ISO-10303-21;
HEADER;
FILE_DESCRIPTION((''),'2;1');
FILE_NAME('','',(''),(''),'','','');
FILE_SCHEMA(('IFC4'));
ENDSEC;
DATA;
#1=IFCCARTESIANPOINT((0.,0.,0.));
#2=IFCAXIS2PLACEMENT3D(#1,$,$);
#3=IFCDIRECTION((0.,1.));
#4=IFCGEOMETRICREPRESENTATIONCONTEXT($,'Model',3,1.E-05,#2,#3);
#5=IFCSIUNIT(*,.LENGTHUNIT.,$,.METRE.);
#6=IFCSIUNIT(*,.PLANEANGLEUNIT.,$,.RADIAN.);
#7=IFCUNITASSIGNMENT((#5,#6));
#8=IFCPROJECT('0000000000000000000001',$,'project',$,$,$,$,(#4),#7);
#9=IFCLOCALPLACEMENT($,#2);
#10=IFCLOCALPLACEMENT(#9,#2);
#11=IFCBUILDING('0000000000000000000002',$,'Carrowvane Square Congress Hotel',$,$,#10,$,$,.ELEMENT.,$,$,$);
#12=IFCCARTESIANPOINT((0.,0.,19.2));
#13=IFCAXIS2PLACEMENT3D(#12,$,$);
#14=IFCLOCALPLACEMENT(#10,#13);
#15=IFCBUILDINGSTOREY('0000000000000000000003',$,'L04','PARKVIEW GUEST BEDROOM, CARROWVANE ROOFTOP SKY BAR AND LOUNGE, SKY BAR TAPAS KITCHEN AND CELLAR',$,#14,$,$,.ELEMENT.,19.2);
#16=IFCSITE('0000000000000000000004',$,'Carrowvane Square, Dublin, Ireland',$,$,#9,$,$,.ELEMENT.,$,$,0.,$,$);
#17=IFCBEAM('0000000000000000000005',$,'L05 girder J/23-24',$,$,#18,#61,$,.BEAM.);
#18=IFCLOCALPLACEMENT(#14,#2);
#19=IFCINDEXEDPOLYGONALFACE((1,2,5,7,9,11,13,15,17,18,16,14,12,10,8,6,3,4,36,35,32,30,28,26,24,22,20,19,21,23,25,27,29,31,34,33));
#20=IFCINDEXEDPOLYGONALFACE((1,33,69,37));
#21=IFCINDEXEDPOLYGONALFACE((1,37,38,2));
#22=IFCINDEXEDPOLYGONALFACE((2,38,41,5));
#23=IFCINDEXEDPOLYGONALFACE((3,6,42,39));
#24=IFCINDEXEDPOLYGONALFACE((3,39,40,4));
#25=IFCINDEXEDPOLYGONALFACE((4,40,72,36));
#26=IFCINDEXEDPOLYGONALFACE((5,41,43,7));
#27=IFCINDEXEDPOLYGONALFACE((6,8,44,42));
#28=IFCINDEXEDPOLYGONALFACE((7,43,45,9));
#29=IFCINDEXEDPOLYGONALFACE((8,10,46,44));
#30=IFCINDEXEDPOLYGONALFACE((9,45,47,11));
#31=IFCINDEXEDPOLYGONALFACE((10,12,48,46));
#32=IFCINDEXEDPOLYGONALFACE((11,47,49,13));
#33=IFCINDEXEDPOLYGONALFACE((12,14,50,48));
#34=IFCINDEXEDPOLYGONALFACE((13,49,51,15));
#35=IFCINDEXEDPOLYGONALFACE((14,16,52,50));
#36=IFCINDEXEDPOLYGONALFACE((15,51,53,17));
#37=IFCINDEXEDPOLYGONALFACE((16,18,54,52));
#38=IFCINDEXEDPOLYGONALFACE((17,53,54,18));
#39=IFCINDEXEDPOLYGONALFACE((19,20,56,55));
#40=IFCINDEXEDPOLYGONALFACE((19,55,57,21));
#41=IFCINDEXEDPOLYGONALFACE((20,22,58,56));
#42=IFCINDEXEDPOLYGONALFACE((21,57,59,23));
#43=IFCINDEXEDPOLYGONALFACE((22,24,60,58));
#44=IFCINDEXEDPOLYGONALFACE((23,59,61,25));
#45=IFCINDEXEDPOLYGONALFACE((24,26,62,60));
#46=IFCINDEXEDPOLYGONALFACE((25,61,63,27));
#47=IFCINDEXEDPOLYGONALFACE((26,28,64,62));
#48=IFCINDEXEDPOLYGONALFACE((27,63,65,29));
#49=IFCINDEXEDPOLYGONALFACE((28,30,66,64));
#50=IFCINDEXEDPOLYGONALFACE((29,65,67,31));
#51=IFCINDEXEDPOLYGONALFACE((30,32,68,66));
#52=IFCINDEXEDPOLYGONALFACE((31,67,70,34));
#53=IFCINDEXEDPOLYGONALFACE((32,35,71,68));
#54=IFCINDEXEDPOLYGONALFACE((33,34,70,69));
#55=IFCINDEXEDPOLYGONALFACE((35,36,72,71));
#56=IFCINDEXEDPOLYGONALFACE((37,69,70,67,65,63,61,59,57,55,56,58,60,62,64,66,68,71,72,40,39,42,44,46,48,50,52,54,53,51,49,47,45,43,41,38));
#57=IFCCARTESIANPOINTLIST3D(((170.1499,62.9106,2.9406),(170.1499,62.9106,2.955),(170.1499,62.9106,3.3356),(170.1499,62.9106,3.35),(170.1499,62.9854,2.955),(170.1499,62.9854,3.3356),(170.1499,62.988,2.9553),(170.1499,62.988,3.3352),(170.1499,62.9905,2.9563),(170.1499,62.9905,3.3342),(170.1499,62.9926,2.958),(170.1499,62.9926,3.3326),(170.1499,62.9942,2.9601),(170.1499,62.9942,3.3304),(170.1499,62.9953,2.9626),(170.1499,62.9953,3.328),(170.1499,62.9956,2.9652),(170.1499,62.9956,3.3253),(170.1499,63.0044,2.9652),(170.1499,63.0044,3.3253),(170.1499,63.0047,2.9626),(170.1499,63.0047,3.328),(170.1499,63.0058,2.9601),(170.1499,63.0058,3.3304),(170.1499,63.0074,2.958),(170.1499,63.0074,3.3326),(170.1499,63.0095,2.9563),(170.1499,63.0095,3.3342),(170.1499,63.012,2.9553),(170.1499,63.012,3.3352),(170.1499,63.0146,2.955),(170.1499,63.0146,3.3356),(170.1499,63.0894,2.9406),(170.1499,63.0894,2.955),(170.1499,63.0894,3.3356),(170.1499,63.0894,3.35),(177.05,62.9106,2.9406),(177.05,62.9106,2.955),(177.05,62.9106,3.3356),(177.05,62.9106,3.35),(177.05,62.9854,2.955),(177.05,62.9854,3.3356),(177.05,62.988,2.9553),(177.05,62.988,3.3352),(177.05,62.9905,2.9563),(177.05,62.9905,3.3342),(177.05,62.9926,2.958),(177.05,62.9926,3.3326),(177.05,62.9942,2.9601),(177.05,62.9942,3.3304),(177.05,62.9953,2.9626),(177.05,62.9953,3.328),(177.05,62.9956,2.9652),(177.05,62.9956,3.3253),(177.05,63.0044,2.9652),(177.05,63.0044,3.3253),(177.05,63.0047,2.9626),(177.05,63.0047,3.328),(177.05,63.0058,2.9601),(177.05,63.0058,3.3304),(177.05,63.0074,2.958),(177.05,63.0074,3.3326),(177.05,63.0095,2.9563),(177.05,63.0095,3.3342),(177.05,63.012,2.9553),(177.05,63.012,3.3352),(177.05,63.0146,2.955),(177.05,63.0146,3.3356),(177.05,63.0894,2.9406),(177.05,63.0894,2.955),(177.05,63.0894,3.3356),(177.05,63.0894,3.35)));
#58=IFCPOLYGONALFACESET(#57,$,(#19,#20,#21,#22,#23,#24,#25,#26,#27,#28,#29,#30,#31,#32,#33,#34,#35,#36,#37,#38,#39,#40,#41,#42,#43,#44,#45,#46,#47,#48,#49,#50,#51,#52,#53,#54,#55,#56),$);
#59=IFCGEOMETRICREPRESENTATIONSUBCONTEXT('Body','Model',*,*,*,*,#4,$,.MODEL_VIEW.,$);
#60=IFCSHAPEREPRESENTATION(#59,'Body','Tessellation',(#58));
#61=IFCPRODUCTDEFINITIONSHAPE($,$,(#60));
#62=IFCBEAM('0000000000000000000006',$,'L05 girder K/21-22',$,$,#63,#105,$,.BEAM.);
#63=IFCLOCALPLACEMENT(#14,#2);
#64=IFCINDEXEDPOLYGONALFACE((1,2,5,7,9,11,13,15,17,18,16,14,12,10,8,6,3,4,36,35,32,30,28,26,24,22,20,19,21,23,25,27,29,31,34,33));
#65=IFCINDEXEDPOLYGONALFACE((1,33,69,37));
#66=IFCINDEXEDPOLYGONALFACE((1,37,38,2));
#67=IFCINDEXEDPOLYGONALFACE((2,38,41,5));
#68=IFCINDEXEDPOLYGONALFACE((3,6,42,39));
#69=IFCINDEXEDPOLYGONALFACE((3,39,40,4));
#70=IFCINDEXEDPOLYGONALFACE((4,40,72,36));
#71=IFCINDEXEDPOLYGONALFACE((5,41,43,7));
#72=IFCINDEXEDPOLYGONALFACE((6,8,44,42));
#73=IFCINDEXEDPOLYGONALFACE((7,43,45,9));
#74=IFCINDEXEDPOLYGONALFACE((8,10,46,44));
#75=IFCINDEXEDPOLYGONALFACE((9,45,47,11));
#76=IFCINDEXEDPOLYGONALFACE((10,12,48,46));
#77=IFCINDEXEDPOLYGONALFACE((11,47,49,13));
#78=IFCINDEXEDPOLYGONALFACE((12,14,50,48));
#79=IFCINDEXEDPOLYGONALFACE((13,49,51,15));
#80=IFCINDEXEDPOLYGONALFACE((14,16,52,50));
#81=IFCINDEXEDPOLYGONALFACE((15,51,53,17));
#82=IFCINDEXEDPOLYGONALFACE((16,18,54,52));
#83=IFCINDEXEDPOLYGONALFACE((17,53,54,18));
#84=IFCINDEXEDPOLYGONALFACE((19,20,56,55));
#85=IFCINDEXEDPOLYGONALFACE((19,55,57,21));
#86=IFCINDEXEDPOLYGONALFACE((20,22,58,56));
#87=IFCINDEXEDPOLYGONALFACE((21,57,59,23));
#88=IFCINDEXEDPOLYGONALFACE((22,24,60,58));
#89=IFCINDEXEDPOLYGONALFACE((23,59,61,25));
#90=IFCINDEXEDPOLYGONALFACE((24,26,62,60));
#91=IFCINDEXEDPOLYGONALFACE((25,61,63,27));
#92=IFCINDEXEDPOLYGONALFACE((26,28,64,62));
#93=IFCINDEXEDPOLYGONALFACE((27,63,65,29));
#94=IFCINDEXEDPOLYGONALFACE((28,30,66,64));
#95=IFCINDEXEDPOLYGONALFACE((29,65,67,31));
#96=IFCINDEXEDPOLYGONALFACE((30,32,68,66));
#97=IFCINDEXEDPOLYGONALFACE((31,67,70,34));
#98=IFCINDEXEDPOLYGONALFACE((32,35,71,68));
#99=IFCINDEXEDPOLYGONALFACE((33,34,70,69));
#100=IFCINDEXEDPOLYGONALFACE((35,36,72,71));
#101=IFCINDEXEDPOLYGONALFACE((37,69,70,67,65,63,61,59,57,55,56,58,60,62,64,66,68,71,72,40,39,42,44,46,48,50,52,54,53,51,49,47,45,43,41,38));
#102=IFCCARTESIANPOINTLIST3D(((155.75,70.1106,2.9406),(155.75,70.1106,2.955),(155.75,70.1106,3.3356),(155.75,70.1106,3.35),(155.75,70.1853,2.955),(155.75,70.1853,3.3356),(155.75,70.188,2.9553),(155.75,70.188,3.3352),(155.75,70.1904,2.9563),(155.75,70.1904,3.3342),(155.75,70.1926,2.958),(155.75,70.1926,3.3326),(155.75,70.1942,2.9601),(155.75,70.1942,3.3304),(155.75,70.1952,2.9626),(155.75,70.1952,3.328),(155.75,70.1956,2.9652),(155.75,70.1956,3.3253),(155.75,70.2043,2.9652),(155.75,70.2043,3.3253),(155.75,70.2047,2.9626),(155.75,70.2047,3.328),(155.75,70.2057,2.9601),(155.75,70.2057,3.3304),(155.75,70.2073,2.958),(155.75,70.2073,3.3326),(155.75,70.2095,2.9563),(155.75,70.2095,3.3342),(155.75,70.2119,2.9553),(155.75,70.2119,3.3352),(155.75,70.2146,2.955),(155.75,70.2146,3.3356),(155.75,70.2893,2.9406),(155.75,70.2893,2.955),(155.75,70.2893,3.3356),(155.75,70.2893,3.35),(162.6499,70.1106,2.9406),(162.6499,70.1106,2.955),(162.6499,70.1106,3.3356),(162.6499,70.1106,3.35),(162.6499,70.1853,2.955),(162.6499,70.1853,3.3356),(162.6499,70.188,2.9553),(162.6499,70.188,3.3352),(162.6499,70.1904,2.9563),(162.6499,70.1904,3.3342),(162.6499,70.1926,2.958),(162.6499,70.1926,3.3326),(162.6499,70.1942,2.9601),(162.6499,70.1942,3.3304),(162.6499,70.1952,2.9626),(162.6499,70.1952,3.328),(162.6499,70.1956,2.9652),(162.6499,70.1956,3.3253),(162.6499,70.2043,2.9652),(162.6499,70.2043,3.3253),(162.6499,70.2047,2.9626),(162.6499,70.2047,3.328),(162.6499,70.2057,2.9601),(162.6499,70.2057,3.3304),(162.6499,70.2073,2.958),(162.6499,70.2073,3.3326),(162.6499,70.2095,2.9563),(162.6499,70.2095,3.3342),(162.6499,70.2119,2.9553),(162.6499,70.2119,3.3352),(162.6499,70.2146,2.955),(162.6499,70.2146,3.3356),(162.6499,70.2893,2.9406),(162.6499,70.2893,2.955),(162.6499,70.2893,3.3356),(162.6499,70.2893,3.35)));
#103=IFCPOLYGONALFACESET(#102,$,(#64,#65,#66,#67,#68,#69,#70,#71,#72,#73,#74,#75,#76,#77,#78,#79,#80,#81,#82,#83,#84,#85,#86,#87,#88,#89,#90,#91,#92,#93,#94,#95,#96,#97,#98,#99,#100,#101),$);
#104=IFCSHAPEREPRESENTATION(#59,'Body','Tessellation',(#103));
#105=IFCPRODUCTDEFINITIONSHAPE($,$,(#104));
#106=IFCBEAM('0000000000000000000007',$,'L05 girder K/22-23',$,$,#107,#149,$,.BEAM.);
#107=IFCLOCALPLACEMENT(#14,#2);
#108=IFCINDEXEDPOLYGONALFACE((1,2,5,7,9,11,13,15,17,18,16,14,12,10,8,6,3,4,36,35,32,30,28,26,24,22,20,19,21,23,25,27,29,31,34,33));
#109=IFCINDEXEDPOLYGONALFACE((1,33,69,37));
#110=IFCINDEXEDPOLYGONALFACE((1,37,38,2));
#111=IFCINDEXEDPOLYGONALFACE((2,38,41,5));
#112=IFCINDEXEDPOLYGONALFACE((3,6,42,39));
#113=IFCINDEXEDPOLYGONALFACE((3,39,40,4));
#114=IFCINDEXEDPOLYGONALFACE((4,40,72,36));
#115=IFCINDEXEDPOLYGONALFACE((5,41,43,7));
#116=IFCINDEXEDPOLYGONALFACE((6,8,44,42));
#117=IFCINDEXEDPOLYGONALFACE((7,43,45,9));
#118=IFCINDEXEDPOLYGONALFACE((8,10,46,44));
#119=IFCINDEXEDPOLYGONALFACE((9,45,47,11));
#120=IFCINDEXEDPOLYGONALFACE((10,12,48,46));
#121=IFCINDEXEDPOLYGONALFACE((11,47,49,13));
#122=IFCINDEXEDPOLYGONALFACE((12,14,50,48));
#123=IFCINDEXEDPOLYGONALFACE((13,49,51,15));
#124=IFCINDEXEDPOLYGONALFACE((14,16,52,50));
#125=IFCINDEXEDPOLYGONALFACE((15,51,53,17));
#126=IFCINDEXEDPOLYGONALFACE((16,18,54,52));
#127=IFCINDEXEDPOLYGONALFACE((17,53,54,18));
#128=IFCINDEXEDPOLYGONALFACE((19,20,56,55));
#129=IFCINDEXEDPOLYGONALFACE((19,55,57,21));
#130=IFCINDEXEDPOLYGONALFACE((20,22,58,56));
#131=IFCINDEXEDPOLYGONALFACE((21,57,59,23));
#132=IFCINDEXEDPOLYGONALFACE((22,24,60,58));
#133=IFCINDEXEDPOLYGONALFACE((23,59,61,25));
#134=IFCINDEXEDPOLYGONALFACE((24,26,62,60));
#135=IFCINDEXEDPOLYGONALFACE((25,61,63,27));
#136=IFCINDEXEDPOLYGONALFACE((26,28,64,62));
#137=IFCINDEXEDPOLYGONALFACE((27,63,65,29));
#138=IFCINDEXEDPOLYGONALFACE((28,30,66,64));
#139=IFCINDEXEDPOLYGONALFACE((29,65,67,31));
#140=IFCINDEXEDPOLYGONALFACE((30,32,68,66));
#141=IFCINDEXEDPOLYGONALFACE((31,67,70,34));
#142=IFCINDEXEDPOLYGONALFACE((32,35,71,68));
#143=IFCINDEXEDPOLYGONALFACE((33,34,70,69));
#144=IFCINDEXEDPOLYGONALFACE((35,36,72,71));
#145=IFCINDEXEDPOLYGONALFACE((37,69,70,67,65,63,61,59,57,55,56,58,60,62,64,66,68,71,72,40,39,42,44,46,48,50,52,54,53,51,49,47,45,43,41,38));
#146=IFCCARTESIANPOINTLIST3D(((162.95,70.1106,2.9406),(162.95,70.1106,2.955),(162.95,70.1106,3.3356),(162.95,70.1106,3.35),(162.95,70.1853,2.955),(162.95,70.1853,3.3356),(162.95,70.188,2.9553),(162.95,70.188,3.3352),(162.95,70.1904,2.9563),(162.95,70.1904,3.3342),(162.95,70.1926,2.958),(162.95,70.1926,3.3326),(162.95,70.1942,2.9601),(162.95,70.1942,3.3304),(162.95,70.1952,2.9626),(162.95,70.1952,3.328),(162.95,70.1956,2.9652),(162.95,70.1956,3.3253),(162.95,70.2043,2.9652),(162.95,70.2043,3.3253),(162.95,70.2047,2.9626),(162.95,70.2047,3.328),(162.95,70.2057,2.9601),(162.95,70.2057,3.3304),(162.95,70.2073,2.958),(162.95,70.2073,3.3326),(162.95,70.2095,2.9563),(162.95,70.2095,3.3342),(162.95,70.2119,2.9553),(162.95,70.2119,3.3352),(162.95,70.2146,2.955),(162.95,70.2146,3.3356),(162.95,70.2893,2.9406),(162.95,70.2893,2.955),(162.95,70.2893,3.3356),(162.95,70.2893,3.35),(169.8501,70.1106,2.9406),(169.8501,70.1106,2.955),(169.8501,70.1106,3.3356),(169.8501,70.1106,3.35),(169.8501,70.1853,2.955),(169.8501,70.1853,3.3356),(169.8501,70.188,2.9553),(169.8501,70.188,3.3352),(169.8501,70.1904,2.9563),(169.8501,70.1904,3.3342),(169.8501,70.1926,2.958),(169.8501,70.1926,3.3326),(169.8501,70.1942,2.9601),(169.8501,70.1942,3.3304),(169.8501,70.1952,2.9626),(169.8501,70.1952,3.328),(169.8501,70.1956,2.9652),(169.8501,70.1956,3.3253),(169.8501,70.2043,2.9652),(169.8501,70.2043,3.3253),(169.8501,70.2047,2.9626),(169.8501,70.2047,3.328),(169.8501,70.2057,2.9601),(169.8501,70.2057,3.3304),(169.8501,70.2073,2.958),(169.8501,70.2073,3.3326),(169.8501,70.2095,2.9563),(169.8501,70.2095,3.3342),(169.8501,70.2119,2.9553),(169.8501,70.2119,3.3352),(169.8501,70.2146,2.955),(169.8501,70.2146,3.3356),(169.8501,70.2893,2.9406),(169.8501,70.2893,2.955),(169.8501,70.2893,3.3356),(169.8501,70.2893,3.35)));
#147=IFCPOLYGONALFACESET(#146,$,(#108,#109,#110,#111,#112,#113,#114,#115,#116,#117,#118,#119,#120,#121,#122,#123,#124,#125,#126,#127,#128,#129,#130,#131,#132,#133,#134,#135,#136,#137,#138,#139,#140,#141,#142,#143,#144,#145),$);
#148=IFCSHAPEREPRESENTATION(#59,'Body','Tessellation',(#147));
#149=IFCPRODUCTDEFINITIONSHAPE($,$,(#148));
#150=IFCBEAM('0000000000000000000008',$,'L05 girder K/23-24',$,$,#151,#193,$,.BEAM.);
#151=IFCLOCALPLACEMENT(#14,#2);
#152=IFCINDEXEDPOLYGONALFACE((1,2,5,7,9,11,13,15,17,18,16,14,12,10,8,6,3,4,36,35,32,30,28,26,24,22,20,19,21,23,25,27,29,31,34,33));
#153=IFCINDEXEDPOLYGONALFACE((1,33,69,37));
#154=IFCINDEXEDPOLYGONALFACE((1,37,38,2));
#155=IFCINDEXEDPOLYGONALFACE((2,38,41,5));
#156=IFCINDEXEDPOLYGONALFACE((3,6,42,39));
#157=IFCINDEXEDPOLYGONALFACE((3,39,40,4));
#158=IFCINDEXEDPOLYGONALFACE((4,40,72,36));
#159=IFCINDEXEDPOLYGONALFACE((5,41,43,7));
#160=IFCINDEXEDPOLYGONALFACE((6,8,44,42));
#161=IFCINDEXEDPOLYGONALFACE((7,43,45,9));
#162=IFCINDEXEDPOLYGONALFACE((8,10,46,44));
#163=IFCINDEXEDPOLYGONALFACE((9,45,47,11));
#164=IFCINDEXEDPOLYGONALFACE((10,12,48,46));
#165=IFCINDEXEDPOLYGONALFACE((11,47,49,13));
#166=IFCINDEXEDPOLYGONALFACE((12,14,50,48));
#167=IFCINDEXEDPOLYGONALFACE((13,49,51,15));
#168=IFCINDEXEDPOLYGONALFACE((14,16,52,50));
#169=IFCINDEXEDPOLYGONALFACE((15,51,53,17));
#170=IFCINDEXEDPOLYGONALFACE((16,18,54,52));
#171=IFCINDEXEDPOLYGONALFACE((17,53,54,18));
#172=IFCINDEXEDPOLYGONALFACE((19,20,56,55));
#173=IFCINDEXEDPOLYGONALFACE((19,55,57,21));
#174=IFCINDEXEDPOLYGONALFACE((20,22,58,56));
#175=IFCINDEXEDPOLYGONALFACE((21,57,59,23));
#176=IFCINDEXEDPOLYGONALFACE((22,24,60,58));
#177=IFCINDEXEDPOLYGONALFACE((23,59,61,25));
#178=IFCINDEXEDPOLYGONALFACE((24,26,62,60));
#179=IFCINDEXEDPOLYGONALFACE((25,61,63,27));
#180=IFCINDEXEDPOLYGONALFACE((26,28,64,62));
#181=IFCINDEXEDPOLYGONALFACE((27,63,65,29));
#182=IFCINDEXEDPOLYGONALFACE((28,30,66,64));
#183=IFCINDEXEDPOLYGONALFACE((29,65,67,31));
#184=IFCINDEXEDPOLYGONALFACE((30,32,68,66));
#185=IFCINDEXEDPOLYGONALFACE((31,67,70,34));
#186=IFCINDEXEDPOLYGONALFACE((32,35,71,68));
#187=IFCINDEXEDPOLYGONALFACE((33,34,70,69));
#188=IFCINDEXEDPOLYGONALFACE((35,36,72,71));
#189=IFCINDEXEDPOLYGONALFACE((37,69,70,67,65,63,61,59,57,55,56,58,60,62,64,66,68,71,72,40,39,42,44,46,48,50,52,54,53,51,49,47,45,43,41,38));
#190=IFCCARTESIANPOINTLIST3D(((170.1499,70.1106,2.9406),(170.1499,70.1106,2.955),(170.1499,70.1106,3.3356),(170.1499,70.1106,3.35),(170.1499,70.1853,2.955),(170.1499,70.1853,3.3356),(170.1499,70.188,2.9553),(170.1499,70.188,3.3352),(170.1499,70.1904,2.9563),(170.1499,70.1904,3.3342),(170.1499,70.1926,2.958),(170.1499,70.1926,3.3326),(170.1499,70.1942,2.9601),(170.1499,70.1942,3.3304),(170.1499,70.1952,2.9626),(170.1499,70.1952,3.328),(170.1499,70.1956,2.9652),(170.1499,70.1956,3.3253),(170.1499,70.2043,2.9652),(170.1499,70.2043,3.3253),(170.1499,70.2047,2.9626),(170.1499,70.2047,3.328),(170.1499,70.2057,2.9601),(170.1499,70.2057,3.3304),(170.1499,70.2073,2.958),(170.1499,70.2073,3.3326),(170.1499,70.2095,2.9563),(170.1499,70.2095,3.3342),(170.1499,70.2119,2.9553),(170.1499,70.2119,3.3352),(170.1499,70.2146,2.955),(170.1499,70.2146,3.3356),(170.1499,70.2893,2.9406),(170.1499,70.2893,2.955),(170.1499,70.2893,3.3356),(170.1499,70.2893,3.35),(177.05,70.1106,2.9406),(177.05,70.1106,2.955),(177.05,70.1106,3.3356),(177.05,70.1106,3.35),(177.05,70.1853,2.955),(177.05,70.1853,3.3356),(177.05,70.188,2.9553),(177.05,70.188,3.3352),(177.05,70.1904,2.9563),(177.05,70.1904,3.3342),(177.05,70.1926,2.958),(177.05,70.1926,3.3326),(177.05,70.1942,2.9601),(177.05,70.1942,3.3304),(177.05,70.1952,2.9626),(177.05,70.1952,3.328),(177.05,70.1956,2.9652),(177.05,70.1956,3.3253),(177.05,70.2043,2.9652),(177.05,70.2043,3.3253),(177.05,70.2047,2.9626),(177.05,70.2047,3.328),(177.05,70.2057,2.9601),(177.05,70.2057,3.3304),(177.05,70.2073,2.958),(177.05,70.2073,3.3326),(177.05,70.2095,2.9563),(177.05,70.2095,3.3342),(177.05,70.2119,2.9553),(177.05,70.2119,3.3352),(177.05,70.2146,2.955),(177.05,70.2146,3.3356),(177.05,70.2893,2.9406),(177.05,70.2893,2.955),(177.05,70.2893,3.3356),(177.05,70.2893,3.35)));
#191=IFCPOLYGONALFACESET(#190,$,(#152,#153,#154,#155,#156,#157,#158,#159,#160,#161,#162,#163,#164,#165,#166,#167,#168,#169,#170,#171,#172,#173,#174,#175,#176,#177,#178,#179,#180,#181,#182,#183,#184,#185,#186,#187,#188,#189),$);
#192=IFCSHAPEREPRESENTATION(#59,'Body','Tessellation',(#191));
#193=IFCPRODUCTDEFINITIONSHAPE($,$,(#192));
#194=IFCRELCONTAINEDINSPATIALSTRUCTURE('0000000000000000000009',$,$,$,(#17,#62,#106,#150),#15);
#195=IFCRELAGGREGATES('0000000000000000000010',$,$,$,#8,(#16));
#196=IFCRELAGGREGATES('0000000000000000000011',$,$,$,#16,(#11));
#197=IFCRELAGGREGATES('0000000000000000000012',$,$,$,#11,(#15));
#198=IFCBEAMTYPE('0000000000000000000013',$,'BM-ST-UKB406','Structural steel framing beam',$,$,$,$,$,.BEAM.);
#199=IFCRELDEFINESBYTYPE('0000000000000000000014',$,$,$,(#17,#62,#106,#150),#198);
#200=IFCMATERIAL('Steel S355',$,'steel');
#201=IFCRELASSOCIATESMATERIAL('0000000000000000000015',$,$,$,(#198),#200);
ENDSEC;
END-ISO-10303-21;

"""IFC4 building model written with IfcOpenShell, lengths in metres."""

from ifc_helpers import new_model, si_unit, direction, frame, origin, origin_2d, place, context, subcontext, project, spatial, i_section, extrude, material, material_profile, profile_set, type_object, element, save


model = new_model("IFC4")

# Units and contexts
model_context = context("Model", 3, precision=1e-05, world=origin(), true_north=direction((0.0, 1.0)))
body_context = subcontext(model_context, "Body", "Model", "MODEL_VIEW")
ifc_project = project(units=[si_unit("LENGTHUNIT", "METRE"), si_unit("PLANEANGLEUNIT", "RADIAN")], contexts=[model_context])

# Site, building, storey
site_placement = place(None, origin())
site = spatial("IfcSite", under=ifc_project, at=site_placement, Name="Carrowvane Square, Dublin, Ireland", CompositionType="ELEMENT", RefElevation=0.0)
building_placement = place(site_placement, origin())
building = spatial("IfcBuilding", under=site, at=building_placement, Name="Carrowvane Square Congress Hotel", CompositionType="ELEMENT")
storey_placement = place(building_placement, frame((0.0, 0.0, 19.2)))
storey = spatial("IfcBuildingStorey", under=building, at=storey_placement, Name="L04", Description="PARKVIEW GUEST BEDROOM, CARROWVANE ROOFTOP SKY BAR AND LOUNGE, SKY BAR TAPAS KITCHEN AND CELLAR", CompositionType="ELEMENT", Elevation=19.2)

# Beams
ifc_material_1 = material(Name="Steel S355", Category="steel")
ifc_material_profile_1 = material_profile(ifc_material_1, i_section(OverallWidth=0.1787, OverallDepth=0.4094, WebThickness=0.0088, FlangeThickness=0.0144, FilletRadius=0.0103, at=origin_2d()), Name="UKB 406x178x67")
ifc_profile_set_1 = profile_set([ifc_material_profile_1], Name="Steel S355")
beam_type_1 = type_object("IfcBeamType", Name="BM-ST-UKB406", Description="Structural steel framing beam", PredefinedType="BEAM", material=ifc_profile_set_1)
for number, where, z_axis, x_axis, name in (
    (1, (170.1499, 63.0, 3.1453), (1.0, 0.0, 0.0), (0.0, 1.0, 0.0), "L05 girder J/23-24"),
):
    element("IfcBeam", number, at=place(storey_placement, frame(where, z_axis=z_axis, x_axis=x_axis)), inside=storey, type_object=beam_type_1, Name=name, PredefinedType="BEAM", context=body_context, shape_type="SweptSolid", body=[
        extrude(i_section(OverallWidth=0.1787, OverallDepth=0.4094, WebThickness=0.0088, FlangeThickness=0.0144, FilletRadius=0.0103, at=origin_2d()), origin(), (0.0, 0.0, 1.0), 6.9001),
    ])
beam_1_placement = place(storey_placement, frame((155.75, 70.2, 3.1453), z_axis=(1.0, 0.0, 0.0), x_axis=(0.0, 1.0, 0.0)))
element("IfcBeam", 2, at=beam_1_placement, inside=storey, type_object=beam_type_1, Name="L05 girder K/21-22", PredefinedType="BEAM", context=body_context, shape_type="SweptSolid", body=[
    extrude(i_section(OverallWidth=0.1787, OverallDepth=0.4094, WebThickness=0.0088, FlangeThickness=0.0144, FilletRadius=0.0103, at=origin_2d()), origin(), (0.0, 0.0, 1.0), 6.8999),
])
for number, where, z_axis, x_axis, name in (
    (3, (162.95, 70.2, 3.1453), (1.0, 0.0, 0.0), (0.0, 1.0, 0.0), "L05 girder K/22-23"),
    (4, (170.1499, 70.2, 3.1453), (1.0, 0.0, 0.0), (0.0, 1.0, 0.0), "L05 girder K/23-24"),
):
    element("IfcBeam", number, at=place(storey_placement, frame(where, z_axis=z_axis, x_axis=x_axis)), inside=storey, type_object=beam_type_1, Name=name, PredefinedType="BEAM", context=body_context, shape_type="SweptSolid", body=[
        extrude(i_section(OverallWidth=0.1787, OverallDepth=0.4094, WebThickness=0.0088, FlangeThickness=0.0144, FilletRadius=0.0103, at=origin_2d()), origin(), (0.0, 0.0, 1.0), 6.9001),
    ])

save(model, "model.ifc")
